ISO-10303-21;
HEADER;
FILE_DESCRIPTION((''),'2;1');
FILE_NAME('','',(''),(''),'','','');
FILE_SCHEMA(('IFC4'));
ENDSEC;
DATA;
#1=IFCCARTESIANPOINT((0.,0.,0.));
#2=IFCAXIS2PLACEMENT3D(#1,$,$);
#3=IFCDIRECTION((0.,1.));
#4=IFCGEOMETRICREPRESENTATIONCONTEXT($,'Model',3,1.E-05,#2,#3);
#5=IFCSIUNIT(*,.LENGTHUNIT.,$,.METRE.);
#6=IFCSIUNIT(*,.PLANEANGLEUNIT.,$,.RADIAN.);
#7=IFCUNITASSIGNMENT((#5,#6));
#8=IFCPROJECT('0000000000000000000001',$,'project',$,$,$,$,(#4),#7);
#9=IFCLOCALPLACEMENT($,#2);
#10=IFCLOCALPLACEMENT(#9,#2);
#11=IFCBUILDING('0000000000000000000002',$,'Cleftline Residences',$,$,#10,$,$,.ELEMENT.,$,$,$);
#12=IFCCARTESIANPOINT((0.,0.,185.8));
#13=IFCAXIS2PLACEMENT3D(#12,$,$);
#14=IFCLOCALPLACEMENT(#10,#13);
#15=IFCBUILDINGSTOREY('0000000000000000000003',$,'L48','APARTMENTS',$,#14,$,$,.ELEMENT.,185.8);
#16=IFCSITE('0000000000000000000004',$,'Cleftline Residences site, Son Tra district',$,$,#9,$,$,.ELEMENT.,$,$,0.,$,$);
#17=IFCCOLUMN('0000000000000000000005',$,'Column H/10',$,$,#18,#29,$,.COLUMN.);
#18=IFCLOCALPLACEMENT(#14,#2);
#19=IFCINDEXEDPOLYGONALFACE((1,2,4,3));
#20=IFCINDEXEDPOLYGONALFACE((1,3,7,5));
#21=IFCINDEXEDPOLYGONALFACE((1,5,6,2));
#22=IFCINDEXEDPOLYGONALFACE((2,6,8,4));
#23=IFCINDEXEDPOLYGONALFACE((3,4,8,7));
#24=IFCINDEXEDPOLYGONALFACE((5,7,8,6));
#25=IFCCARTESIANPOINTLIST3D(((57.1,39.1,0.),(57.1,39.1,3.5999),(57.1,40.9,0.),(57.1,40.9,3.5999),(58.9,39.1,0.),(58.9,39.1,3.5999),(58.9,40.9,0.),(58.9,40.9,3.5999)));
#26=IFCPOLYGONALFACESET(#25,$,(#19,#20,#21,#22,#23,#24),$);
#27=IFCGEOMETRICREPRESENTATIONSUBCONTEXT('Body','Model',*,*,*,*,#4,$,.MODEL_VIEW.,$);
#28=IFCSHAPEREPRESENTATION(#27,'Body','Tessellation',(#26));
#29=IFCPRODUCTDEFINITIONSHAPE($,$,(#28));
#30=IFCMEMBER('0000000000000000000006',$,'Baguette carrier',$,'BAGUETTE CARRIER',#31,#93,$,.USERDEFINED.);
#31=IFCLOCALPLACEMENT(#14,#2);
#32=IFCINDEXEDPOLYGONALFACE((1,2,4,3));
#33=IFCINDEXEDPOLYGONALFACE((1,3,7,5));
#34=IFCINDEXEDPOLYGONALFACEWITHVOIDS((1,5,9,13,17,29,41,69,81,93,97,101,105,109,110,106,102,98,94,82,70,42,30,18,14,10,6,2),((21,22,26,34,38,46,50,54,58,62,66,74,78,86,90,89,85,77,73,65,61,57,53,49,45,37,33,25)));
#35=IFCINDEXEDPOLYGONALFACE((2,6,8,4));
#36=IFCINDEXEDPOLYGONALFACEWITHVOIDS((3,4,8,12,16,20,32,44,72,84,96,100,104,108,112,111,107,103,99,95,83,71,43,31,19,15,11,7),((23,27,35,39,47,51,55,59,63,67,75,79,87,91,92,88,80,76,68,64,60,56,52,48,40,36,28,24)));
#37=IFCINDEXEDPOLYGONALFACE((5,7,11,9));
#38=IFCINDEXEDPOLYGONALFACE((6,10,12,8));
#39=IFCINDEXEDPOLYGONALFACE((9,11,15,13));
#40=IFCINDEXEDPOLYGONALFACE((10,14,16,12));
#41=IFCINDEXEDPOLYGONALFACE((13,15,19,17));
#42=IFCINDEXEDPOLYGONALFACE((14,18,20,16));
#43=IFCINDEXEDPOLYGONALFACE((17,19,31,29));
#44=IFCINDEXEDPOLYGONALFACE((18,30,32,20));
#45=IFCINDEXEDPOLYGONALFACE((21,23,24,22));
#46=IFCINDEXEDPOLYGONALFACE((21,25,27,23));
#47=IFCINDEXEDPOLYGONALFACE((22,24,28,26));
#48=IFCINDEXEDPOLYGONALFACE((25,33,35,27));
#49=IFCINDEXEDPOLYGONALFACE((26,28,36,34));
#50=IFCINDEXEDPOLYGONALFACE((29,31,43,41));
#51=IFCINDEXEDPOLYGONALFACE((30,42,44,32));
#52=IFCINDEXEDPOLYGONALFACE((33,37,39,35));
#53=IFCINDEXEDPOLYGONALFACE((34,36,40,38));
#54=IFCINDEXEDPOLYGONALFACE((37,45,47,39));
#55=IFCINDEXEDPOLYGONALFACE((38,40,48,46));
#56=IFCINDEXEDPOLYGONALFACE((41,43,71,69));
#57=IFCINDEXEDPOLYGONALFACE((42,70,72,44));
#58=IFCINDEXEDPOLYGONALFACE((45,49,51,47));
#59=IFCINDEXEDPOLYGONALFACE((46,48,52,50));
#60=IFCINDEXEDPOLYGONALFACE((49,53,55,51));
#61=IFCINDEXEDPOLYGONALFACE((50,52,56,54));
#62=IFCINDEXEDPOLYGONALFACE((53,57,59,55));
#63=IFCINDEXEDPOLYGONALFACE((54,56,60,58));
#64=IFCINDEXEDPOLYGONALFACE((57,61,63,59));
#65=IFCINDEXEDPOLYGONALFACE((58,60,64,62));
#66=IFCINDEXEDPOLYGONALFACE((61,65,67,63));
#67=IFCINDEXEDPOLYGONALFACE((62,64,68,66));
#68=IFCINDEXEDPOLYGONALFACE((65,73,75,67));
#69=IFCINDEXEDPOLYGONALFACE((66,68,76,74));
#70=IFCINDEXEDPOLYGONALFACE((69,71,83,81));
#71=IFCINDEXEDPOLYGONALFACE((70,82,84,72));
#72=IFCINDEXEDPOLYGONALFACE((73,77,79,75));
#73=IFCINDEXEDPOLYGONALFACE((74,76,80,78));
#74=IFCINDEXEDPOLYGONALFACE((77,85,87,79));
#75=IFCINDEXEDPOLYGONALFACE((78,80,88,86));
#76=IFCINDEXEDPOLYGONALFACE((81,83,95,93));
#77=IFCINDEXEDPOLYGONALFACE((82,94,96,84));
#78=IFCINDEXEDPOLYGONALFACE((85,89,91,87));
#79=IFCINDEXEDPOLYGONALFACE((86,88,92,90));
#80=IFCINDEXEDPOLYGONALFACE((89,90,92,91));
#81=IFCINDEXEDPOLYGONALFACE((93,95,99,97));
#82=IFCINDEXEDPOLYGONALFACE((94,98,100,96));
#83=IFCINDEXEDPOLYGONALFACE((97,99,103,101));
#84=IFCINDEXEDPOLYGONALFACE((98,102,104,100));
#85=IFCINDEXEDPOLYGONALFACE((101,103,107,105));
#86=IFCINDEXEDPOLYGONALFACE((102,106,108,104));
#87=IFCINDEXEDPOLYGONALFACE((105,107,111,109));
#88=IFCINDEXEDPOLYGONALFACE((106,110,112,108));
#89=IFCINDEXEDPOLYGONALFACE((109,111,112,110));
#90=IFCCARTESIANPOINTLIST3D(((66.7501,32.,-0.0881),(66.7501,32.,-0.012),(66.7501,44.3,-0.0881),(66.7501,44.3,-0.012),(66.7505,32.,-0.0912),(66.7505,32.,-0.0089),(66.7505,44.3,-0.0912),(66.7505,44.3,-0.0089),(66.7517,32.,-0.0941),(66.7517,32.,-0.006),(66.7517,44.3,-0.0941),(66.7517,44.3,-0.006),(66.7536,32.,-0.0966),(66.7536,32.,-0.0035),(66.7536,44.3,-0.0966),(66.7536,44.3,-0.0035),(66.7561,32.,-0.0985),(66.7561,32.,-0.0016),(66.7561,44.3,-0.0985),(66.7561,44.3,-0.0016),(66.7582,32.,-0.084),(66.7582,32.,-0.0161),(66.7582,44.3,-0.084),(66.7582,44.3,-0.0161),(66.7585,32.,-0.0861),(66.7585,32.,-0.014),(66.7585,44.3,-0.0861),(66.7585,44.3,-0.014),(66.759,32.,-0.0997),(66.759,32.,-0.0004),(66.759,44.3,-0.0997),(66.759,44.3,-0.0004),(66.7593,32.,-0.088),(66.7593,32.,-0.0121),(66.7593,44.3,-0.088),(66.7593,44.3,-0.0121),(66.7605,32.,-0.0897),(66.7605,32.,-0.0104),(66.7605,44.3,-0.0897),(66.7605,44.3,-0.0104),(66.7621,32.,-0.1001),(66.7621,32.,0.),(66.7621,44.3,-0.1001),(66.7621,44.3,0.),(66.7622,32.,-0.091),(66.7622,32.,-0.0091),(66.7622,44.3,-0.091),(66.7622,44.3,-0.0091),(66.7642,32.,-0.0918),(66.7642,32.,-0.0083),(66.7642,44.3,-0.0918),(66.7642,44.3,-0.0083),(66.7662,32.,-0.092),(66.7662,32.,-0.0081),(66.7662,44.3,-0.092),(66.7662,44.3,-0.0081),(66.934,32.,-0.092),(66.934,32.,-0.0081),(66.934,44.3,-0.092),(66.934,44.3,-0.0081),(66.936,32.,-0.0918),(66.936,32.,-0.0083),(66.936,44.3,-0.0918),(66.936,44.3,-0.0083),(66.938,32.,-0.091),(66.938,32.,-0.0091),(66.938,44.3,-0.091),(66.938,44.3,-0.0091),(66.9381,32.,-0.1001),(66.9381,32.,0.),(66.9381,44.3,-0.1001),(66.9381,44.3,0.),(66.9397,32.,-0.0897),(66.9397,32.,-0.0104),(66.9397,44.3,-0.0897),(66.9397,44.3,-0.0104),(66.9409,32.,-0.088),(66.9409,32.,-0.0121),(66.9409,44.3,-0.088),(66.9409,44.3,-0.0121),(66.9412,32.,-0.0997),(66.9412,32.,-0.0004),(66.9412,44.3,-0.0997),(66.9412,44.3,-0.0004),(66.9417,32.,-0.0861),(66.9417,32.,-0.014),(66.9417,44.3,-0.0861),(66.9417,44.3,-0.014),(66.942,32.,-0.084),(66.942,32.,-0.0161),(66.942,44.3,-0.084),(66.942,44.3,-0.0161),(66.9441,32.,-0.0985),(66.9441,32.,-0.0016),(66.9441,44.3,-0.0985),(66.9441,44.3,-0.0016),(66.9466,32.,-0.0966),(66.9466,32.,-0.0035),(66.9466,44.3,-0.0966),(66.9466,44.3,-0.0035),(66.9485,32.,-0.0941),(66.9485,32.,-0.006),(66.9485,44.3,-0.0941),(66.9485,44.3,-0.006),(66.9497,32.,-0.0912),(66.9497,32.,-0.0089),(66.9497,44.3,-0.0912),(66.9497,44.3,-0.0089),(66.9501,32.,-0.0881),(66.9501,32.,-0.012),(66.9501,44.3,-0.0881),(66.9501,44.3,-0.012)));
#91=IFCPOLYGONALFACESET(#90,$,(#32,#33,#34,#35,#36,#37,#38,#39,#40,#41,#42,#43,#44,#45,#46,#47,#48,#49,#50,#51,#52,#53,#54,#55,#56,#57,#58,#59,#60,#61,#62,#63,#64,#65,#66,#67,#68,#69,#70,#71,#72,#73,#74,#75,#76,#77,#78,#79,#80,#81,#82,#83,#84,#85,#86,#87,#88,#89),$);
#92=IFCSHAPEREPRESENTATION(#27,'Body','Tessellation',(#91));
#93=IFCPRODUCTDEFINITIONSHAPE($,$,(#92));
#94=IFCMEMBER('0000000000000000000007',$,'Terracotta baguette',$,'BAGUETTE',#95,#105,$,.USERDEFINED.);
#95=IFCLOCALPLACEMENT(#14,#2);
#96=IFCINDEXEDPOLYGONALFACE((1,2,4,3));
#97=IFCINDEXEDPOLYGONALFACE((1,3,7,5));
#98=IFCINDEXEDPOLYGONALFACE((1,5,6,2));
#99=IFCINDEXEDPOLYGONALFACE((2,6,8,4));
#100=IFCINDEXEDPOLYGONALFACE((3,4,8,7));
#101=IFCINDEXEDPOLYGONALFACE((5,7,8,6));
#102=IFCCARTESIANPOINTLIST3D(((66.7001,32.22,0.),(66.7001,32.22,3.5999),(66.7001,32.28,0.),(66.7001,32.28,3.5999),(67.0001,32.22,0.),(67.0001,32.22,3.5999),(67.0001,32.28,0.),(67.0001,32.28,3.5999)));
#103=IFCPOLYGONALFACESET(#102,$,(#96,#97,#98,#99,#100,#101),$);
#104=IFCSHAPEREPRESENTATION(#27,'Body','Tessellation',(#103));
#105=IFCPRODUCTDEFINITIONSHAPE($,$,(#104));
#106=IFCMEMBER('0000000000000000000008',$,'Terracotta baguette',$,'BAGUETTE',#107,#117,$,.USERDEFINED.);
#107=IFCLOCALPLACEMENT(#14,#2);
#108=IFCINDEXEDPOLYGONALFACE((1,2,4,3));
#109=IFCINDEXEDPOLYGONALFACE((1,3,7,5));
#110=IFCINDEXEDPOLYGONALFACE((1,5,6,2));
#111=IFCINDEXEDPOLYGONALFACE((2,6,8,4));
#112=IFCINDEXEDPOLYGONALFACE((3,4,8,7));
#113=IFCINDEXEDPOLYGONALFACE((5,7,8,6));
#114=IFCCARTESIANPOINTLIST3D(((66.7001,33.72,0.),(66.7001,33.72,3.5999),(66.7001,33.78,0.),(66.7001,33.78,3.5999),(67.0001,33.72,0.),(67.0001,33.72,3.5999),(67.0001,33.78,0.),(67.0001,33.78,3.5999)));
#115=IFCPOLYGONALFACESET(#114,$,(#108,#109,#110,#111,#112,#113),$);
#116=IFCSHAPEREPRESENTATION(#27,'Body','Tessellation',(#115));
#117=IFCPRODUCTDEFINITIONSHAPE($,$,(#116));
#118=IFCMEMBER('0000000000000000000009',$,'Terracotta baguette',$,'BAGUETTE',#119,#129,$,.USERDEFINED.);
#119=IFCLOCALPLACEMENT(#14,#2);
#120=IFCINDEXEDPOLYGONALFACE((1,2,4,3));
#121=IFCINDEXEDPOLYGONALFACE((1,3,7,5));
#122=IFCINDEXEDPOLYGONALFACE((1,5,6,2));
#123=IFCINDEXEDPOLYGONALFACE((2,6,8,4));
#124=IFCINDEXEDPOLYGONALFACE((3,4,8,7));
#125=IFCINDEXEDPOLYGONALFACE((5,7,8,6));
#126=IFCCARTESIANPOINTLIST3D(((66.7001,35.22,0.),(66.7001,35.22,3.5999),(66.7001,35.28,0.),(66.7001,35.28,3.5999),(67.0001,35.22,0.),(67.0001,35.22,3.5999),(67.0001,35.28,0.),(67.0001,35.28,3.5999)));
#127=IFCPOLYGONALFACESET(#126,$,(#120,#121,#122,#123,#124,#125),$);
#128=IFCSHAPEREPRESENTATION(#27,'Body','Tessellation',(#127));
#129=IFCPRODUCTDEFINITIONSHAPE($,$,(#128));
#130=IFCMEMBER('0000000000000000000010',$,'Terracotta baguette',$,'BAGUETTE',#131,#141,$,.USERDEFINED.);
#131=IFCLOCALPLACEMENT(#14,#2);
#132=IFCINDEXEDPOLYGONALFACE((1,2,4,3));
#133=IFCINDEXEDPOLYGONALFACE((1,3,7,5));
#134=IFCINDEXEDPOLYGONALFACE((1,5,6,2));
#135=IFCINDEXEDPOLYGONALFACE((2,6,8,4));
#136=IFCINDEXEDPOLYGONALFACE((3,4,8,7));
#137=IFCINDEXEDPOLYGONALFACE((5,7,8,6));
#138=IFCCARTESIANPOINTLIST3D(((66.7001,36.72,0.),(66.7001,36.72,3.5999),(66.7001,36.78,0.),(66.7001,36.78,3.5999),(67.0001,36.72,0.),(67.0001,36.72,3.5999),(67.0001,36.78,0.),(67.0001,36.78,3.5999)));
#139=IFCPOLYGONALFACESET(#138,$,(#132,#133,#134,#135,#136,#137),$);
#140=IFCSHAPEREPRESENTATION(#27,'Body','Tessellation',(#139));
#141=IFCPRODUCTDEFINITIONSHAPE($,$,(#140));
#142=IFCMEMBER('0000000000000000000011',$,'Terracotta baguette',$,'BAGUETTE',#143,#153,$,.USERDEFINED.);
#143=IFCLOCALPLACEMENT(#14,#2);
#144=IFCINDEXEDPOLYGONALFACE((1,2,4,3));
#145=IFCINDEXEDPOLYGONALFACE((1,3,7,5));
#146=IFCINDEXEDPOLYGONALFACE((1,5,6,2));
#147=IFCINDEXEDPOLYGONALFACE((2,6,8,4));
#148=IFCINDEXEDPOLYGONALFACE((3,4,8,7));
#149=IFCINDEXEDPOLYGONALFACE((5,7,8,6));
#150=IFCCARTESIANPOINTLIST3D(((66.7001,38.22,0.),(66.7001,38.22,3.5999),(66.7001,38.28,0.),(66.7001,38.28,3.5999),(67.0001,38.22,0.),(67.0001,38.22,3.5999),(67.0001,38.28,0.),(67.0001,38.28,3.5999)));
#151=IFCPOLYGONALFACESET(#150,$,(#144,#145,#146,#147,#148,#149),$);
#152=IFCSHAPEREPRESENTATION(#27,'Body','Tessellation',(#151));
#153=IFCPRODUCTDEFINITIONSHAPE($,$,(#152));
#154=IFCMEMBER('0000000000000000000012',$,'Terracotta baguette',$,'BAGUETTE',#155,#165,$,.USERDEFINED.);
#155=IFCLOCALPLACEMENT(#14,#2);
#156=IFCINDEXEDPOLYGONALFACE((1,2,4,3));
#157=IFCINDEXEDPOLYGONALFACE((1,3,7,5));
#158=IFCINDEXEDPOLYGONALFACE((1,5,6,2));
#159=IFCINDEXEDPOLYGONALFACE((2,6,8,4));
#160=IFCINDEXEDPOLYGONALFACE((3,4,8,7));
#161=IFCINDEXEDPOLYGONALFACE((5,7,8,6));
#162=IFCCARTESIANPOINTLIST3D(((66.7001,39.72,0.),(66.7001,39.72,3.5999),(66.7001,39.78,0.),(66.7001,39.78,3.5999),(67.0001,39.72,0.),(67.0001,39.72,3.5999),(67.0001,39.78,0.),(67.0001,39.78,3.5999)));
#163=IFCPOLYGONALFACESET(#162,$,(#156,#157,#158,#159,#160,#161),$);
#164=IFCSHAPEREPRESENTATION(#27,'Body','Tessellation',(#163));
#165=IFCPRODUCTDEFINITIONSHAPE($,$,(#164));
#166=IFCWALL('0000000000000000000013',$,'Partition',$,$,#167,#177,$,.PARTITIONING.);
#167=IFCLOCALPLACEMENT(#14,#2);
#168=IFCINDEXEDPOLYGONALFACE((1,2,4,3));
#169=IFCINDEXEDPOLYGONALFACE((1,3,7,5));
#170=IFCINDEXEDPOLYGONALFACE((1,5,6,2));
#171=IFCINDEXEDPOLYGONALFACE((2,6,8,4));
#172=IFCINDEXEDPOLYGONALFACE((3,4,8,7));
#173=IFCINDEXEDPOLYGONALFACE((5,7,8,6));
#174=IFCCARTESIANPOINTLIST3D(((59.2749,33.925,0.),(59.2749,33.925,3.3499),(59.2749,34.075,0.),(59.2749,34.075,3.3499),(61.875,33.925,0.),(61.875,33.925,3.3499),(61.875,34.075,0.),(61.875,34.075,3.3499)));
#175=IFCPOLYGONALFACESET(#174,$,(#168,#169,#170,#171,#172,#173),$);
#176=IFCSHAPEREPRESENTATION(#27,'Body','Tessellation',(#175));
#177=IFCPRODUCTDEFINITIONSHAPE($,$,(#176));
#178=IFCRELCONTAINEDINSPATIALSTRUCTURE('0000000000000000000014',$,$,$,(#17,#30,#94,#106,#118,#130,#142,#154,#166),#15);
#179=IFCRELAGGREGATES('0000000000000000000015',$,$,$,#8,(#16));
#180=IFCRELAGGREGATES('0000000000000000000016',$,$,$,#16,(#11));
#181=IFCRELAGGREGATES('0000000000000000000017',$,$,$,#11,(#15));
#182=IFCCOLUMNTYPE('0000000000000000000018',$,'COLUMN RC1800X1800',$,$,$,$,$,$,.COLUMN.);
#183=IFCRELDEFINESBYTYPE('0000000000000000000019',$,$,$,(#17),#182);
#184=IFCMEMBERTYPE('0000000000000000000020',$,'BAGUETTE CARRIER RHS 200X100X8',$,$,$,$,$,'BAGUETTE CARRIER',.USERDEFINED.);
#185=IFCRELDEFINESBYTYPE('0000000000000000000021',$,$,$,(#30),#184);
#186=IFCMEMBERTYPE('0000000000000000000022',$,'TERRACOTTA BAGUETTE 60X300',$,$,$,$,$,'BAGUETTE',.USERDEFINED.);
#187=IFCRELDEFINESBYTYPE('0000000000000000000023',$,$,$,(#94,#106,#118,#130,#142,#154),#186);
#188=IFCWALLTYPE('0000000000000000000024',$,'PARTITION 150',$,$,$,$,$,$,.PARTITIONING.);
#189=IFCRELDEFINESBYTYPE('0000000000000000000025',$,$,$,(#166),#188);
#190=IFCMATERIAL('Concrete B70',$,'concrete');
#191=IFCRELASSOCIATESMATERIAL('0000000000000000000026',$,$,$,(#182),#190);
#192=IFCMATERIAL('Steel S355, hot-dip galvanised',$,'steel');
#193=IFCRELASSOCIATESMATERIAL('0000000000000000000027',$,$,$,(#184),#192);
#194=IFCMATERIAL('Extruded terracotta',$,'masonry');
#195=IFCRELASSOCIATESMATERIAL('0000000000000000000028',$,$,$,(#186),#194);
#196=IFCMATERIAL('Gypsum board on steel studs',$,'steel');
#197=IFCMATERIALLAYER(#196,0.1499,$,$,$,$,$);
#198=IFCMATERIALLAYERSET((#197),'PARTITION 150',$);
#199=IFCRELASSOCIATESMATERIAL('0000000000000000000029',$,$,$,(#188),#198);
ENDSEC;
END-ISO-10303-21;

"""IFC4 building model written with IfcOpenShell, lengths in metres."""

from ifc_helpers import new_model, si_unit, direction, frame, frame_2d, origin, origin_2d, place, context, subcontext, project, spatial, rectangle, hollow_rectangle, extrude, material, layer, layer_set, material_profile, profile_set, type_object, element, save


model = new_model("IFC4")

# Units and contexts
model_context = context("Model", 3, precision=1e-05, world=origin(), true_north=direction((0.0, 1.0)))
body_context = subcontext(model_context, "Body", "Model", "MODEL_VIEW")
ifc_project = project(units=[si_unit("LENGTHUNIT", "METRE"), si_unit("PLANEANGLEUNIT", "RADIAN")], contexts=[model_context])

# Site, building, storey
site_placement = place(None, origin())
site = spatial("IfcSite", under=ifc_project, at=site_placement, Name="Cleftline Residences site, Son Tra district", CompositionType="ELEMENT", RefElevation=0.0)
building_placement = place(site_placement, origin())
building = spatial("IfcBuilding", under=site, at=building_placement, Name="Cleftline Residences", CompositionType="ELEMENT")
storey_placement = place(building_placement, frame((0.0, 0.0, 185.8)))
storey = spatial("IfcBuildingStorey", under=building, at=storey_placement, Name="L48", Description="APARTMENTS", CompositionType="ELEMENT", Elevation=185.8)

# Column
ifc_material_1 = material(Name="Concrete B70", Category="concrete")
ifc_material_profile_1 = material_profile(ifc_material_1, rectangle(XDim=1.8, YDim=1.8, at=origin_2d()))
ifc_profile_set_1 = profile_set([ifc_material_profile_1], Name="Concrete B70")
column_type = type_object("IfcColumnType", Name="COLUMN RC1800X1800", PredefinedType="COLUMN", material=ifc_profile_set_1)
column_placement = place(storey_placement, frame((58.0, 40.0, 0.0), z_axis=(0.0, 0.0, 1.0), x_axis=(1.0, 0.0, 0.0)))
element("IfcColumn", 1, at=column_placement, inside=storey, type_object=column_type, Name="Column H/10", PredefinedType="COLUMN", context=body_context, shape_type="SweptSolid", body=[
    extrude(rectangle(XDim=1.8, YDim=1.8, at=origin_2d()), origin(), (0.0, 0.0, 1.0), 3.5999),
])

# Members
ifc_material_2 = material(Name="Steel S355, hot-dip galvanised", Category="steel")
ifc_material_profile_2 = material_profile(ifc_material_2, hollow_rectangle(XDim=0.1001, YDim=0.2, WallThickness=0.0081, InnerFilletRadius=0.0081, OuterFilletRadius=0.012, at=origin_2d()))
ifc_profile_set_2 = profile_set([ifc_material_profile_2], Name="Steel S355, hot-dip galvanised")
member_type_1 = type_object("IfcMemberType", Name="BAGUETTE CARRIER RHS 200X100X8", ElementType="BAGUETTE CARRIER", PredefinedType="USERDEFINED", material=ifc_profile_set_2)
member_placement = place(storey_placement, frame((66.8501, 32.0, -0.05), z_axis=(0.0, 1.0, 0.0), x_axis=(0.0, 0.0, 1.0)))
element("IfcMember", 2, at=member_placement, inside=storey, type_object=member_type_1, Name="Baguette carrier", ObjectType="BAGUETTE CARRIER", PredefinedType="USERDEFINED", context=body_context, shape_type="SweptSolid", body=[
    extrude(hollow_rectangle(XDim=0.1001, YDim=0.2, WallThickness=0.0081, InnerFilletRadius=0.0081, OuterFilletRadius=0.012, at=origin_2d()), origin(), (0.0, 0.0, 1.0), 12.3),
])
ifc_material_3 = material(Name="Extruded terracotta", Category="masonry")
ifc_material_profile_3 = material_profile(ifc_material_3, rectangle(XDim=0.0601, YDim=0.3, at=origin_2d()))
ifc_profile_set_3 = profile_set([ifc_material_profile_3], Name="Extruded terracotta")
member_type_2 = type_object("IfcMemberType", Name="TERRACOTTA BAGUETTE 60X300", ElementType="BAGUETTE", PredefinedType="USERDEFINED", material=ifc_profile_set_3)
for number, where, z_axis, x_axis, name in (
    (3, (66.8501, 32.25, 0.0), (0.0, 0.0, 1.0), (0.0, 1.0, 0.0), "Terracotta baguette"),
    (4, (66.8501, 33.75, 0.0), (0.0, 0.0, 1.0), (0.0, 1.0, 0.0), "Terracotta baguette"),
    (5, (66.8501, 35.25, 0.0), (0.0, 0.0, 1.0), (0.0, 1.0, 0.0), "Terracotta baguette"),
    (6, (66.8501, 36.75, 0.0), (0.0, 0.0, 1.0), (0.0, 1.0, 0.0), "Terracotta baguette"),
    (7, (66.8501, 38.25, 0.0), (0.0, 0.0, 1.0), (0.0, 1.0, 0.0), "Terracotta baguette"),
    (8, (66.8501, 39.75, 0.0), (0.0, 0.0, 1.0), (0.0, 1.0, 0.0), "Terracotta baguette"),
):
    element("IfcMember", number, at=place(storey_placement, frame(where, z_axis=z_axis, x_axis=x_axis)), inside=storey, type_object=member_type_2, Name=name, ObjectType="BAGUETTE", PredefinedType="USERDEFINED", context=body_context, shape_type="SweptSolid", body=[
        extrude(rectangle(XDim=0.0601, YDim=0.3, at=origin_2d()), origin(), (0.0, 0.0, 1.0), 3.5999),
    ])

# Wall
ifc_material_4 = material(Name="Gypsum board on steel studs", Category="steel")
ifc_layer = layer(ifc_material_4, 0.1499)
ifc_layer_set = layer_set([ifc_layer], Name="PARTITION 150")
wall_type = type_object("IfcWallType", Name="PARTITION 150", PredefinedType="PARTITIONING", material=ifc_layer_set)
wall_1_placement = place(storey_placement, frame((59.2749, 34.0, 0.0), z_axis=(0.0, 0.0, 1.0), x_axis=(1.0, 0.0, 0.0)))
element("IfcWall", 9, at=wall_1_placement, inside=storey, type_object=wall_type, Name="Partition", PredefinedType="PARTITIONING", context=body_context, shape_type="SweptSolid", body=[
    extrude(rectangle(XDim=2.6001, YDim=0.1499, at=frame_2d((1.3, 0.0))), origin(), (0.0, 0.0, 1.0), 3.3499),
])

save(model, "model.ifc")
